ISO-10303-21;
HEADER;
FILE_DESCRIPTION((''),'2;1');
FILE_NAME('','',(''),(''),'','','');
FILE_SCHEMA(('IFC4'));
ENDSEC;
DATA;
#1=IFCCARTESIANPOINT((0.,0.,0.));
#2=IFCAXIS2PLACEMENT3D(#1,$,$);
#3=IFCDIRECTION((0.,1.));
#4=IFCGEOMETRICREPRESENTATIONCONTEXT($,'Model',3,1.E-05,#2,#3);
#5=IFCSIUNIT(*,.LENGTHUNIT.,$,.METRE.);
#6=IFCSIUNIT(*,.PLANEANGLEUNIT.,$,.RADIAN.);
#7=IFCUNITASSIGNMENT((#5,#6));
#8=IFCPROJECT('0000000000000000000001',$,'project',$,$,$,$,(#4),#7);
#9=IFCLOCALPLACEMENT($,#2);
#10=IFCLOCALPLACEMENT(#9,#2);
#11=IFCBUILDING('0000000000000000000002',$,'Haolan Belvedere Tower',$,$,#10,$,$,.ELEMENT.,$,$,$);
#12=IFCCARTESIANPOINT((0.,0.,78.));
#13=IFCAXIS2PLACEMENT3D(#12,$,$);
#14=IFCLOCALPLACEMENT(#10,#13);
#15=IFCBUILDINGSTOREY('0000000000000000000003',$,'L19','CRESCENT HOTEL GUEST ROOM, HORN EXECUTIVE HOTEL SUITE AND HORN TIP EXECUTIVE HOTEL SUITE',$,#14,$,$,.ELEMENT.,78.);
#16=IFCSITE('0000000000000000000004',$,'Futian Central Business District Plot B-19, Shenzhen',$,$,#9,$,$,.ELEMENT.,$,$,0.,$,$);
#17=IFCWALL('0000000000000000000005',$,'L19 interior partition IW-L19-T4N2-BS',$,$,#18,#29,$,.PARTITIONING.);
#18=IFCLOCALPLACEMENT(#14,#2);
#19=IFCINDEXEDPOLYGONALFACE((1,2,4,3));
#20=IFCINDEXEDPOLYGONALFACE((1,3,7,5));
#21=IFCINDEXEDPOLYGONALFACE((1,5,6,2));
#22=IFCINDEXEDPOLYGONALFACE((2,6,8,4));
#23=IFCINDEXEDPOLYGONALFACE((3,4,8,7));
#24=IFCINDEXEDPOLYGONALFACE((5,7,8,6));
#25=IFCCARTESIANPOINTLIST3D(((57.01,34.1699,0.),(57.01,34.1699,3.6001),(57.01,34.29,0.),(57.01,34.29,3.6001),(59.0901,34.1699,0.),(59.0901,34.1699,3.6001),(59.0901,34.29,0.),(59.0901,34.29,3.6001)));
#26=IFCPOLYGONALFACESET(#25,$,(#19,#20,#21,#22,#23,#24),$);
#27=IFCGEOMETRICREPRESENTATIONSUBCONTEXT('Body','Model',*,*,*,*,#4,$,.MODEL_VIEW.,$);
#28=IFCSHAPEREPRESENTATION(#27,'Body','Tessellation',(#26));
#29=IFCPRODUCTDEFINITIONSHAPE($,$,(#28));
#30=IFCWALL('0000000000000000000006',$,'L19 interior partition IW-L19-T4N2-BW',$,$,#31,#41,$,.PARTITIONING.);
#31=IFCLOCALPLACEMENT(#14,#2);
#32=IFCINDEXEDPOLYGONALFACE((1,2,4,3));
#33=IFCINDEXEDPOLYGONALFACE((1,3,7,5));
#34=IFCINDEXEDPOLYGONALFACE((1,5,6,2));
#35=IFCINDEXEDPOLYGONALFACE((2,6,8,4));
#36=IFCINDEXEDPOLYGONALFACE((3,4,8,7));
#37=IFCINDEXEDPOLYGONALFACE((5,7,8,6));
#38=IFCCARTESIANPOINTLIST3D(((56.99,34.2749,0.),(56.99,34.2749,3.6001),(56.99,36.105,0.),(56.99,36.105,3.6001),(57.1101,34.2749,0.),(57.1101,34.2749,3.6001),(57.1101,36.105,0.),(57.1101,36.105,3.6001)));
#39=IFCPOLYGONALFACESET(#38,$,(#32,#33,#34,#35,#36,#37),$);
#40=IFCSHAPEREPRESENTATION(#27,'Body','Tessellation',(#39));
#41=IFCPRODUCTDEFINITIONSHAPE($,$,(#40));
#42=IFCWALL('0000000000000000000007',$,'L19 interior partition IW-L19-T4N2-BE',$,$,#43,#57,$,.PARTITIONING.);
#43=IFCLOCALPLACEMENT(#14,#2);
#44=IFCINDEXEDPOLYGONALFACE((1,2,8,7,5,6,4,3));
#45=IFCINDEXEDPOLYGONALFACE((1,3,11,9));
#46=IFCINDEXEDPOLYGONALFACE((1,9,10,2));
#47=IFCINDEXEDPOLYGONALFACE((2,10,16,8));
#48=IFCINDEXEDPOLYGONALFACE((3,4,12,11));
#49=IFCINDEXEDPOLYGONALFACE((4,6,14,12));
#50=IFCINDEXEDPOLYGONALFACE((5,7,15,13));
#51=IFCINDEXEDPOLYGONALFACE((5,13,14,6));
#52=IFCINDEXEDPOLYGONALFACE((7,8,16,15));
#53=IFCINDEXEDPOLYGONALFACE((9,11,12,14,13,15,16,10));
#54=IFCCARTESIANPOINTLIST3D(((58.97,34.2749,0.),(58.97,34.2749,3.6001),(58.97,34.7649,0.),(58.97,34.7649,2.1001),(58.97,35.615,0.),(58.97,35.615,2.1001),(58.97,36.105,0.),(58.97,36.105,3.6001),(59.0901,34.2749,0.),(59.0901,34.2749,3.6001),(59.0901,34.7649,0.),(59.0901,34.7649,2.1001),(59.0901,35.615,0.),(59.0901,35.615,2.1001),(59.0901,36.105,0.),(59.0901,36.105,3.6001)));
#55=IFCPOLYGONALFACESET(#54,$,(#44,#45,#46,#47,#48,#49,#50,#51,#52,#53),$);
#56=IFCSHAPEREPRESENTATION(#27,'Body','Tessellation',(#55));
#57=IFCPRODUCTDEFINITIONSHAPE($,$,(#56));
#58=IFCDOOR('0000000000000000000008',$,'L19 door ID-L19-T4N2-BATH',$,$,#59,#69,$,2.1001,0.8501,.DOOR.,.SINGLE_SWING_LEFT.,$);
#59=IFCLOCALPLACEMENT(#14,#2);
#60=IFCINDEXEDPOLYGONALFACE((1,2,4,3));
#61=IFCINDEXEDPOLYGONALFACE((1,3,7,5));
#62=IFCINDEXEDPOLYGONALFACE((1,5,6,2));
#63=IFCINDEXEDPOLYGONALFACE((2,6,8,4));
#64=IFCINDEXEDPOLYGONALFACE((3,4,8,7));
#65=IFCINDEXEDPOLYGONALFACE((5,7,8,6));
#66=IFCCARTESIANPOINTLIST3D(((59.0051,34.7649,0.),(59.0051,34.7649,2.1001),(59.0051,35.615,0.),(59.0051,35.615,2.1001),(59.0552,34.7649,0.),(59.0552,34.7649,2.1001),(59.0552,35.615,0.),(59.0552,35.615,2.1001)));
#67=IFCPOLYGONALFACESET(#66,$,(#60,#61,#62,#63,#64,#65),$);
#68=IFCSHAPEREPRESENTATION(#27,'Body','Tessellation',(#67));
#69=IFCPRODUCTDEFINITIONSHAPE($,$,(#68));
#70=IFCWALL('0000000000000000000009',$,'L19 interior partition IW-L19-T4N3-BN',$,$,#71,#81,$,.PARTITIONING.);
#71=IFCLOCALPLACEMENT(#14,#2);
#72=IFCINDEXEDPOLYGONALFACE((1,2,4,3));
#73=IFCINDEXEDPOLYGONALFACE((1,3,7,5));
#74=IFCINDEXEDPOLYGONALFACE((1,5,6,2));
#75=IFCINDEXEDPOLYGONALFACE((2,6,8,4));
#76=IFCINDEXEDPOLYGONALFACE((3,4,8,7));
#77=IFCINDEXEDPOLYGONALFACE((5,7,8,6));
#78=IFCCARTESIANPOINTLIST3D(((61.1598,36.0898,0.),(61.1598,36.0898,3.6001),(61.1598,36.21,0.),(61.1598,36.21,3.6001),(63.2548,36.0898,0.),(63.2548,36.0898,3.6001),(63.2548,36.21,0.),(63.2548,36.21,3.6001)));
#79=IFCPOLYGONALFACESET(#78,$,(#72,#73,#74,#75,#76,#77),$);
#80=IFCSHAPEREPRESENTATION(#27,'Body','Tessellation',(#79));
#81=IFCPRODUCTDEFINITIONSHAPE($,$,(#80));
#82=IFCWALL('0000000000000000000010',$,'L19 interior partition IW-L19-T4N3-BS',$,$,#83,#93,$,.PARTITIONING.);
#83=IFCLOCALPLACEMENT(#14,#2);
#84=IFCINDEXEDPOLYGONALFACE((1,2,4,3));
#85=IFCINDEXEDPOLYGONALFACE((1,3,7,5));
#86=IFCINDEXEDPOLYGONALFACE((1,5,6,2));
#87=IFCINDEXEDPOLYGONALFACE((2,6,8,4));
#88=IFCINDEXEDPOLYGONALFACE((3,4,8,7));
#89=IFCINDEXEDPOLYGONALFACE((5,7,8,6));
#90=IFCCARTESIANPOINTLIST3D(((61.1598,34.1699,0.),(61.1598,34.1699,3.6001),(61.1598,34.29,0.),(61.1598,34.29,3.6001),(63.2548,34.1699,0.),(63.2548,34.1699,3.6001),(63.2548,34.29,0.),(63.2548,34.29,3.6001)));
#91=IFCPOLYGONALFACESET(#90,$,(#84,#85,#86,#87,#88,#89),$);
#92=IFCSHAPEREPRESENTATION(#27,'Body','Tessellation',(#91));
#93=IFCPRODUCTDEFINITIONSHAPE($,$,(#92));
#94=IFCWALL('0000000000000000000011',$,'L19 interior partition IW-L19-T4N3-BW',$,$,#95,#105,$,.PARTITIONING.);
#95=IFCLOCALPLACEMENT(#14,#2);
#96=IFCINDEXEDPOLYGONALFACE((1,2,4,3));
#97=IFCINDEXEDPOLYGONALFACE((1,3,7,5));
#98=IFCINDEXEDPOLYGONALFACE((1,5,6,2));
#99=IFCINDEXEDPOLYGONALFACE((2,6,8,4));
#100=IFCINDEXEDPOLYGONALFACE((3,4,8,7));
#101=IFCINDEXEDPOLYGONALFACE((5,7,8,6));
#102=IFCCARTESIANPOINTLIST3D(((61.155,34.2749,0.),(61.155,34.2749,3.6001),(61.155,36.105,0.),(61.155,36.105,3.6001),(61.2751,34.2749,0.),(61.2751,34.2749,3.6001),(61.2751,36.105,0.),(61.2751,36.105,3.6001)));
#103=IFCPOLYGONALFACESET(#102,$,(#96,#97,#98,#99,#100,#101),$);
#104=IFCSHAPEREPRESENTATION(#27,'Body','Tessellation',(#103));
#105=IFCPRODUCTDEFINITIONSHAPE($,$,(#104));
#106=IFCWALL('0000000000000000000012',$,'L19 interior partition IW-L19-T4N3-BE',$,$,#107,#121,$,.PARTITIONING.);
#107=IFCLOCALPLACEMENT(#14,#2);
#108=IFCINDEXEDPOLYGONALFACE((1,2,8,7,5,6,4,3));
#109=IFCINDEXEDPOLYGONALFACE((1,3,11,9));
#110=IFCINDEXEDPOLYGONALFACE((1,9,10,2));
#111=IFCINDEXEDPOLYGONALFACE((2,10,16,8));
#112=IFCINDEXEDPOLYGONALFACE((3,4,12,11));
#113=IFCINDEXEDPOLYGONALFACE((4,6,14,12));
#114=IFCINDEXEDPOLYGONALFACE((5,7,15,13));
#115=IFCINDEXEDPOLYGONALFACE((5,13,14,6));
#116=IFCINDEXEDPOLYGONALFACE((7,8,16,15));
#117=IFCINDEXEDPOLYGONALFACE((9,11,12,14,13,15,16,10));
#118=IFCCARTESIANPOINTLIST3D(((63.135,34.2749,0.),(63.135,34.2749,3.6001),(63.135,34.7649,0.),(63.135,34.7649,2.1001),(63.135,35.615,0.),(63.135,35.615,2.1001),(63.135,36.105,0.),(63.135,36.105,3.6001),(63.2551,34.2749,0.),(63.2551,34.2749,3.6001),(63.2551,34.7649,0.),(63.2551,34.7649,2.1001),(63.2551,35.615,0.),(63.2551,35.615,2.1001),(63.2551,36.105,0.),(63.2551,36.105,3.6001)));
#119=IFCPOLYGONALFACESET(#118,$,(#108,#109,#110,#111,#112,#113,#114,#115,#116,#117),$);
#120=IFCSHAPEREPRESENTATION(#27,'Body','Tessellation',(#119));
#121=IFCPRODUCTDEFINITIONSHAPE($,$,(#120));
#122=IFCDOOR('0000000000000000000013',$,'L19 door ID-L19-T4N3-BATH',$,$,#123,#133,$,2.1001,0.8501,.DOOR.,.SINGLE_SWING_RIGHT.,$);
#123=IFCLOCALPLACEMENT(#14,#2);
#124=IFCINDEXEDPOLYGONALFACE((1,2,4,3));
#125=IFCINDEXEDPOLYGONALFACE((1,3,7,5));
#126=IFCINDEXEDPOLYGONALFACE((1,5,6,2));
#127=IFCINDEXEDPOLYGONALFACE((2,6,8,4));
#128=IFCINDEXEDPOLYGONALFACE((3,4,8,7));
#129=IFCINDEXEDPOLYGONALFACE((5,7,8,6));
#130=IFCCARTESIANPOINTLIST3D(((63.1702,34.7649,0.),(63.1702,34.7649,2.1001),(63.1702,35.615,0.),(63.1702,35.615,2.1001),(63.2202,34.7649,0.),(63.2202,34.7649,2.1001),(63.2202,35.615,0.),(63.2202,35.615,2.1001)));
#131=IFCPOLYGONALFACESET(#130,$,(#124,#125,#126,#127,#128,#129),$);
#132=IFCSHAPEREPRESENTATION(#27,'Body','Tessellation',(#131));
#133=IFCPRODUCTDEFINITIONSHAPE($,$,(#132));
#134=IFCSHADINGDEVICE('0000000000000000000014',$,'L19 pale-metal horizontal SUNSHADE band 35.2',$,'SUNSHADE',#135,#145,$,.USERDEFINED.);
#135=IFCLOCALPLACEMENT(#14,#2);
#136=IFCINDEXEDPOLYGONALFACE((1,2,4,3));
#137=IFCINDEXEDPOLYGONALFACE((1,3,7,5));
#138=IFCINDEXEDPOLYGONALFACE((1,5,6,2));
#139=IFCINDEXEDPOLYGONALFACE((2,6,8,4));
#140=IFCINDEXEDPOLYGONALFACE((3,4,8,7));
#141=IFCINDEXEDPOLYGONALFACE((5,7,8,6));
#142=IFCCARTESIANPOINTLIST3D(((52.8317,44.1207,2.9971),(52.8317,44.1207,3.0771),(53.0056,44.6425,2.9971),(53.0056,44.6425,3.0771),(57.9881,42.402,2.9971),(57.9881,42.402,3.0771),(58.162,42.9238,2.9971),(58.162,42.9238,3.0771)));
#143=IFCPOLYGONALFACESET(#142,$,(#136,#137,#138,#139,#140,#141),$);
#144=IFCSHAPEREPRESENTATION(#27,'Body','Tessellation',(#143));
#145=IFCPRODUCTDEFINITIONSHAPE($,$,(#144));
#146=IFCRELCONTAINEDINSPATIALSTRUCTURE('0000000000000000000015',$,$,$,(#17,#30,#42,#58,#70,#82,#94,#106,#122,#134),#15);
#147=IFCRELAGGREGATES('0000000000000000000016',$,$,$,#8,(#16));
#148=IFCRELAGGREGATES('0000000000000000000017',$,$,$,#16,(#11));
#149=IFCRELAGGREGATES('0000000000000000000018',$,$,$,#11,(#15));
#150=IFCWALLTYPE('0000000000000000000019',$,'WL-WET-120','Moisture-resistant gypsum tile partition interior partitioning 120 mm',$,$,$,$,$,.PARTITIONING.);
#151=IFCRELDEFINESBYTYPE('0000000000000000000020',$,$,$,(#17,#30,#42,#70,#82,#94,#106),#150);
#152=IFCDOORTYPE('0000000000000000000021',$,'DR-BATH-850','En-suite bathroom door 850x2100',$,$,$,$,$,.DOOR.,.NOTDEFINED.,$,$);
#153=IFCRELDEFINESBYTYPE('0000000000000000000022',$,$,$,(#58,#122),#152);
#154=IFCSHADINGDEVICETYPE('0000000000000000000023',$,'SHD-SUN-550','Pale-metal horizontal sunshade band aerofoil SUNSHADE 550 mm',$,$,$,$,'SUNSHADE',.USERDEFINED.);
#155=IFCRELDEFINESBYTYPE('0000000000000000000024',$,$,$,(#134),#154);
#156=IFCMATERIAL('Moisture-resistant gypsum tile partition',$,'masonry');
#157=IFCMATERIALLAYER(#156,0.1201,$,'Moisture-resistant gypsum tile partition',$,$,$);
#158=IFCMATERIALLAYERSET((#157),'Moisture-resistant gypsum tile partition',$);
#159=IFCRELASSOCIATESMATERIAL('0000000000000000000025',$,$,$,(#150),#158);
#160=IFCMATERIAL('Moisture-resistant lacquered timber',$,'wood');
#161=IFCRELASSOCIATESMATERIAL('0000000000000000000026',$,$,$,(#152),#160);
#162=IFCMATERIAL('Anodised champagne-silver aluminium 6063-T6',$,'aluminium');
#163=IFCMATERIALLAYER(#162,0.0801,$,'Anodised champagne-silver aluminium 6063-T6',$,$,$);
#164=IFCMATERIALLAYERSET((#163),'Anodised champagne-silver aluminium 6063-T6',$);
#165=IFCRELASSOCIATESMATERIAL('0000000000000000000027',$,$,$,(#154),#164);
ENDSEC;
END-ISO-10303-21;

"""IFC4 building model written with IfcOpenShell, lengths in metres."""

from ifc_helpers import new_model, si_unit, direction, frame, frame_2d, origin, origin_2d, place, context, subcontext, project, spatial, rectangle, extrude, material, layer, layer_set, type_object, element, fill, save


model = new_model("IFC4")

# Units and contexts
model_context = context("Model", 3, precision=1e-05, world=origin(), true_north=direction((0.0, 1.0)))
body_context = subcontext(model_context, "Body", "Model", "MODEL_VIEW")
ifc_project = project(units=[si_unit("LENGTHUNIT", "METRE"), si_unit("PLANEANGLEUNIT", "RADIAN")], contexts=[model_context])

# Site, building, storey
site_placement = place(None, origin())
site = spatial("IfcSite", under=ifc_project, at=site_placement, Name="Futian Central Business District Plot B-19, Shenzhen", CompositionType="ELEMENT", RefElevation=0.0)
building_placement = place(site_placement, origin())
building = spatial("IfcBuilding", under=site, at=building_placement, Name="Haolan Belvedere Tower", CompositionType="ELEMENT")
storey_placement = place(building_placement, frame((0.0, 0.0, 78.0)))
storey = spatial("IfcBuildingStorey", under=building, at=storey_placement, Name="L19", Description="CRESCENT HOTEL GUEST ROOM, HORN EXECUTIVE HOTEL SUITE AND HORN TIP EXECUTIVE HOTEL SUITE", CompositionType="ELEMENT", Elevation=78.0)

# Shared definitions
ifc_material_1 = material(Name="Moisture-resistant gypsum tile partition", Category="masonry")
ifc_layer_1 = layer(ifc_material_1, 0.1201, Name="Moisture-resistant gypsum tile partition")
ifc_layer_set_1 = layer_set([ifc_layer_1], Name="Moisture-resistant gypsum tile partition")
wall_type_1 = type_object("IfcWallType", Name="WL-WET-120", Description="Moisture-resistant gypsum tile partition interior partitioning 120 mm", PredefinedType="PARTITIONING", material=ifc_layer_set_1)

# Shared definitions
ifc_material_2 = material(Name="Moisture-resistant lacquered timber", Category="wood")
door_type = type_object("IfcDoorType", Name="DR-BATH-850", Description="En-suite bathroom door 850x2100", OperationType="NOTDEFINED", PredefinedType="DOOR", material=ifc_material_2)

# Walls
for number, where, z_axis, x_axis, name in (
    (1, (57.01, 34.23, 0.0), (0.0, 0.0, 1.0), (1.0, 0.0, 0.0), "L19 interior partition IW-L19-T4N2-BS"),
):
    element("IfcWall", number, at=place(storey_placement, frame(where, z_axis=z_axis, x_axis=x_axis)), inside=storey, type_object=wall_type_1, Name=name, PredefinedType="PARTITIONING", context=body_context, shape_type="SweptSolid", body=[
        extrude(rectangle(XDim=2.0801, YDim=0.1201, at=frame_2d((1.04, 0.0))), origin(), (0.0, 0.0, 1.0), 3.6001),
    ])
wall_1_placement = place(storey_placement, frame((57.05, 34.2749, 0.0), z_axis=(0.0, 0.0, 1.0), x_axis=(0.0, 1.0, 0.0)))
element("IfcWall", 2, at=wall_1_placement, inside=storey, type_object=wall_type_1, Name="L19 interior partition IW-L19-T4N2-BW", PredefinedType="PARTITIONING", context=body_context, shape_type="SweptSolid", body=[
    extrude(rectangle(XDim=1.8301, YDim=0.1201, at=frame_2d((0.915, 0.0))), origin(), (0.0, 0.0, 1.0), 3.6001),
])

# Wall, opening, door
wall_2_placement = place(storey_placement, frame((59.03, 34.2749, 0.0), z_axis=(0.0, 0.0, 1.0), x_axis=(0.0, 1.0, 0.0)))
wall_2 = element("IfcWall", 3, at=wall_2_placement, inside=storey, type_object=wall_type_1, Name="L19 interior partition IW-L19-T4N2-BE", PredefinedType="PARTITIONING", context=body_context, shape_type="SweptSolid", body=[
    extrude(rectangle(XDim=1.8301, YDim=0.1201, at=frame_2d((0.915, 0.0))), origin(), (0.0, 0.0, 1.0), 3.6001),
])
opening_1_placement = place(wall_2_placement, frame((0.49, 0.0, 0.0)))
opening_1 = element("IfcOpeningElement", 4, at=opening_1_placement, cuts=wall_2, PredefinedType="OPENING", context=body_context, shape_type="SweptSolid", body=[
    extrude(rectangle(XDim=0.8501, YDim=2.1001, at=frame_2d((0.425, 1.05))), frame((0.0, 0.0701, 0.0), z_axis=(0.0, -1.0, 0.0), x_axis=(1.0, 0.0, 0.0)), (0.0, 0.0, 1.0), 0.1401),
])
door_1_placement = place(opening_1_placement, origin())
door_1 = element("IfcDoor", 5, at=door_1_placement, inside=storey, type_object=door_type, Name="L19 door ID-L19-T4N2-BATH", OperationType="SINGLE_SWING_LEFT", OverallHeight=2.1001, OverallWidth=0.8501, PredefinedType="DOOR", context=body_context, shape_type="SweptSolid", body=[
    extrude(rectangle(XDim=0.8501, YDim=2.1001, at=frame_2d((0.425, 1.05))), frame((0.0, 0.0249, 0.0), z_axis=(0.0, -1.0, 0.0), x_axis=(1.0, 0.0, 0.0)), (0.0, 0.0, 1.0), 0.05),
])
fill(opening_1, door_1)

# Walls
for number, where, z_axis, x_axis, name in (
    (6, (61.1599, 36.1499, 0.0), (0.0, 0.0, 1.0), (1.0, 0.0, 0.0), "L19 interior partition IW-L19-T4N3-BN"),
    (7, (61.1599, 34.23, 0.0), (0.0, 0.0, 1.0), (1.0, 0.0, 0.0), "L19 interior partition IW-L19-T4N3-BS"),
):
    element("IfcWall", number, at=place(storey_placement, frame(where, z_axis=z_axis, x_axis=x_axis)), inside=storey, type_object=wall_type_1, Name=name, PredefinedType="PARTITIONING", context=body_context, shape_type="SweptSolid", body=[
        extrude(rectangle(XDim=2.095, YDim=0.1201, at=frame_2d((1.0474, 0.0))), origin(), (0.0, 0.0, 1.0), 3.6001),
    ])
wall_3_placement = place(storey_placement, frame((61.2151, 34.2749, 0.0), z_axis=(0.0, 0.0, 1.0), x_axis=(0.0, 1.0, 0.0)))
element("IfcWall", 8, at=wall_3_placement, inside=storey, type_object=wall_type_1, Name="L19 interior partition IW-L19-T4N3-BW", PredefinedType="PARTITIONING", context=body_context, shape_type="SweptSolid", body=[
    extrude(rectangle(XDim=1.8301, YDim=0.1201, at=frame_2d((0.915, 0.0))), origin(), (0.0, 0.0, 1.0), 3.6001),
])

# Wall, opening, door
wall_4_placement = place(storey_placement, frame((63.1951, 34.2749, 0.0), z_axis=(0.0, 0.0, 1.0), x_axis=(0.0, 1.0, 0.0)))
wall_4 = element("IfcWall", 9, at=wall_4_placement, inside=storey, type_object=wall_type_1, Name="L19 interior partition IW-L19-T4N3-BE", PredefinedType="PARTITIONING", context=body_context, shape_type="SweptSolid", body=[
    extrude(rectangle(XDim=1.8301, YDim=0.1201, at=frame_2d((0.915, 0.0))), origin(), (0.0, 0.0, 1.0), 3.6001),
])
opening_2_placement = place(wall_4_placement, frame((0.49, 0.0, 0.0)))
opening_2 = element("IfcOpeningElement", 10, at=opening_2_placement, cuts=wall_4, PredefinedType="OPENING", context=body_context, shape_type="SweptSolid", body=[
    extrude(rectangle(XDim=0.8501, YDim=2.1001, at=frame_2d((0.425, 1.05))), frame((0.0, 0.0701, 0.0), z_axis=(0.0, -1.0, 0.0), x_axis=(1.0, 0.0, 0.0)), (0.0, 0.0, 1.0), 0.1401),
])
door_2_placement = place(opening_2_placement, origin())
door_2 = element("IfcDoor", 11, at=door_2_placement, inside=storey, type_object=door_type, Name="L19 door ID-L19-T4N3-BATH", OperationType="SINGLE_SWING_RIGHT", OverallHeight=2.1001, OverallWidth=0.8501, PredefinedType="DOOR", context=body_context, shape_type="SweptSolid", body=[
    extrude(rectangle(XDim=0.8501, YDim=2.1001, at=frame_2d((0.425, 1.05))), frame((0.0, 0.0249, 0.0), z_axis=(0.0, -1.0, 0.0), x_axis=(1.0, 0.0, 0.0)), (0.0, 0.0, 1.0), 0.05),
])
fill(opening_2, door_2)

# Shading device
ifc_material_3 = material(Name="Anodised champagne-silver aluminium 6063-T6", Category="aluminium")
ifc_layer_2 = layer(ifc_material_3, 0.0801, Name="Anodised champagne-silver aluminium 6063-T6")
ifc_layer_set_2 = layer_set([ifc_layer_2], Name="Anodised champagne-silver aluminium 6063-T6")
shading_device_type = type_object("IfcShadingDeviceType", Name="SHD-SUN-550", Description="Pale-metal horizontal sunshade band aerofoil SUNSHADE 550 mm", ElementType="SUNSHADE", PredefinedType="USERDEFINED", material=ifc_layer_set_2)
shading_device_placement = place(storey_placement, frame((55.4968, 43.5222, 2.9971), z_axis=(0.0, 0.0, 1.0), x_axis=(-0.948689, 0.316212, 0.0)))
element("IfcShadingDevice", 12, at=shading_device_placement, inside=storey, type_object=shading_device_type, Name="L19 pale-metal horizontal SUNSHADE band 35.2", ObjectType="SUNSHADE", PredefinedType="USERDEFINED", context=body_context, shape_type="SweptSolid", body=[
    extrude(rectangle(XDim=5.4353, YDim=0.55, at=origin_2d()), origin(), (0.0, 0.0, 1.0), 0.0801),
])

save(model, "model.ifc")
